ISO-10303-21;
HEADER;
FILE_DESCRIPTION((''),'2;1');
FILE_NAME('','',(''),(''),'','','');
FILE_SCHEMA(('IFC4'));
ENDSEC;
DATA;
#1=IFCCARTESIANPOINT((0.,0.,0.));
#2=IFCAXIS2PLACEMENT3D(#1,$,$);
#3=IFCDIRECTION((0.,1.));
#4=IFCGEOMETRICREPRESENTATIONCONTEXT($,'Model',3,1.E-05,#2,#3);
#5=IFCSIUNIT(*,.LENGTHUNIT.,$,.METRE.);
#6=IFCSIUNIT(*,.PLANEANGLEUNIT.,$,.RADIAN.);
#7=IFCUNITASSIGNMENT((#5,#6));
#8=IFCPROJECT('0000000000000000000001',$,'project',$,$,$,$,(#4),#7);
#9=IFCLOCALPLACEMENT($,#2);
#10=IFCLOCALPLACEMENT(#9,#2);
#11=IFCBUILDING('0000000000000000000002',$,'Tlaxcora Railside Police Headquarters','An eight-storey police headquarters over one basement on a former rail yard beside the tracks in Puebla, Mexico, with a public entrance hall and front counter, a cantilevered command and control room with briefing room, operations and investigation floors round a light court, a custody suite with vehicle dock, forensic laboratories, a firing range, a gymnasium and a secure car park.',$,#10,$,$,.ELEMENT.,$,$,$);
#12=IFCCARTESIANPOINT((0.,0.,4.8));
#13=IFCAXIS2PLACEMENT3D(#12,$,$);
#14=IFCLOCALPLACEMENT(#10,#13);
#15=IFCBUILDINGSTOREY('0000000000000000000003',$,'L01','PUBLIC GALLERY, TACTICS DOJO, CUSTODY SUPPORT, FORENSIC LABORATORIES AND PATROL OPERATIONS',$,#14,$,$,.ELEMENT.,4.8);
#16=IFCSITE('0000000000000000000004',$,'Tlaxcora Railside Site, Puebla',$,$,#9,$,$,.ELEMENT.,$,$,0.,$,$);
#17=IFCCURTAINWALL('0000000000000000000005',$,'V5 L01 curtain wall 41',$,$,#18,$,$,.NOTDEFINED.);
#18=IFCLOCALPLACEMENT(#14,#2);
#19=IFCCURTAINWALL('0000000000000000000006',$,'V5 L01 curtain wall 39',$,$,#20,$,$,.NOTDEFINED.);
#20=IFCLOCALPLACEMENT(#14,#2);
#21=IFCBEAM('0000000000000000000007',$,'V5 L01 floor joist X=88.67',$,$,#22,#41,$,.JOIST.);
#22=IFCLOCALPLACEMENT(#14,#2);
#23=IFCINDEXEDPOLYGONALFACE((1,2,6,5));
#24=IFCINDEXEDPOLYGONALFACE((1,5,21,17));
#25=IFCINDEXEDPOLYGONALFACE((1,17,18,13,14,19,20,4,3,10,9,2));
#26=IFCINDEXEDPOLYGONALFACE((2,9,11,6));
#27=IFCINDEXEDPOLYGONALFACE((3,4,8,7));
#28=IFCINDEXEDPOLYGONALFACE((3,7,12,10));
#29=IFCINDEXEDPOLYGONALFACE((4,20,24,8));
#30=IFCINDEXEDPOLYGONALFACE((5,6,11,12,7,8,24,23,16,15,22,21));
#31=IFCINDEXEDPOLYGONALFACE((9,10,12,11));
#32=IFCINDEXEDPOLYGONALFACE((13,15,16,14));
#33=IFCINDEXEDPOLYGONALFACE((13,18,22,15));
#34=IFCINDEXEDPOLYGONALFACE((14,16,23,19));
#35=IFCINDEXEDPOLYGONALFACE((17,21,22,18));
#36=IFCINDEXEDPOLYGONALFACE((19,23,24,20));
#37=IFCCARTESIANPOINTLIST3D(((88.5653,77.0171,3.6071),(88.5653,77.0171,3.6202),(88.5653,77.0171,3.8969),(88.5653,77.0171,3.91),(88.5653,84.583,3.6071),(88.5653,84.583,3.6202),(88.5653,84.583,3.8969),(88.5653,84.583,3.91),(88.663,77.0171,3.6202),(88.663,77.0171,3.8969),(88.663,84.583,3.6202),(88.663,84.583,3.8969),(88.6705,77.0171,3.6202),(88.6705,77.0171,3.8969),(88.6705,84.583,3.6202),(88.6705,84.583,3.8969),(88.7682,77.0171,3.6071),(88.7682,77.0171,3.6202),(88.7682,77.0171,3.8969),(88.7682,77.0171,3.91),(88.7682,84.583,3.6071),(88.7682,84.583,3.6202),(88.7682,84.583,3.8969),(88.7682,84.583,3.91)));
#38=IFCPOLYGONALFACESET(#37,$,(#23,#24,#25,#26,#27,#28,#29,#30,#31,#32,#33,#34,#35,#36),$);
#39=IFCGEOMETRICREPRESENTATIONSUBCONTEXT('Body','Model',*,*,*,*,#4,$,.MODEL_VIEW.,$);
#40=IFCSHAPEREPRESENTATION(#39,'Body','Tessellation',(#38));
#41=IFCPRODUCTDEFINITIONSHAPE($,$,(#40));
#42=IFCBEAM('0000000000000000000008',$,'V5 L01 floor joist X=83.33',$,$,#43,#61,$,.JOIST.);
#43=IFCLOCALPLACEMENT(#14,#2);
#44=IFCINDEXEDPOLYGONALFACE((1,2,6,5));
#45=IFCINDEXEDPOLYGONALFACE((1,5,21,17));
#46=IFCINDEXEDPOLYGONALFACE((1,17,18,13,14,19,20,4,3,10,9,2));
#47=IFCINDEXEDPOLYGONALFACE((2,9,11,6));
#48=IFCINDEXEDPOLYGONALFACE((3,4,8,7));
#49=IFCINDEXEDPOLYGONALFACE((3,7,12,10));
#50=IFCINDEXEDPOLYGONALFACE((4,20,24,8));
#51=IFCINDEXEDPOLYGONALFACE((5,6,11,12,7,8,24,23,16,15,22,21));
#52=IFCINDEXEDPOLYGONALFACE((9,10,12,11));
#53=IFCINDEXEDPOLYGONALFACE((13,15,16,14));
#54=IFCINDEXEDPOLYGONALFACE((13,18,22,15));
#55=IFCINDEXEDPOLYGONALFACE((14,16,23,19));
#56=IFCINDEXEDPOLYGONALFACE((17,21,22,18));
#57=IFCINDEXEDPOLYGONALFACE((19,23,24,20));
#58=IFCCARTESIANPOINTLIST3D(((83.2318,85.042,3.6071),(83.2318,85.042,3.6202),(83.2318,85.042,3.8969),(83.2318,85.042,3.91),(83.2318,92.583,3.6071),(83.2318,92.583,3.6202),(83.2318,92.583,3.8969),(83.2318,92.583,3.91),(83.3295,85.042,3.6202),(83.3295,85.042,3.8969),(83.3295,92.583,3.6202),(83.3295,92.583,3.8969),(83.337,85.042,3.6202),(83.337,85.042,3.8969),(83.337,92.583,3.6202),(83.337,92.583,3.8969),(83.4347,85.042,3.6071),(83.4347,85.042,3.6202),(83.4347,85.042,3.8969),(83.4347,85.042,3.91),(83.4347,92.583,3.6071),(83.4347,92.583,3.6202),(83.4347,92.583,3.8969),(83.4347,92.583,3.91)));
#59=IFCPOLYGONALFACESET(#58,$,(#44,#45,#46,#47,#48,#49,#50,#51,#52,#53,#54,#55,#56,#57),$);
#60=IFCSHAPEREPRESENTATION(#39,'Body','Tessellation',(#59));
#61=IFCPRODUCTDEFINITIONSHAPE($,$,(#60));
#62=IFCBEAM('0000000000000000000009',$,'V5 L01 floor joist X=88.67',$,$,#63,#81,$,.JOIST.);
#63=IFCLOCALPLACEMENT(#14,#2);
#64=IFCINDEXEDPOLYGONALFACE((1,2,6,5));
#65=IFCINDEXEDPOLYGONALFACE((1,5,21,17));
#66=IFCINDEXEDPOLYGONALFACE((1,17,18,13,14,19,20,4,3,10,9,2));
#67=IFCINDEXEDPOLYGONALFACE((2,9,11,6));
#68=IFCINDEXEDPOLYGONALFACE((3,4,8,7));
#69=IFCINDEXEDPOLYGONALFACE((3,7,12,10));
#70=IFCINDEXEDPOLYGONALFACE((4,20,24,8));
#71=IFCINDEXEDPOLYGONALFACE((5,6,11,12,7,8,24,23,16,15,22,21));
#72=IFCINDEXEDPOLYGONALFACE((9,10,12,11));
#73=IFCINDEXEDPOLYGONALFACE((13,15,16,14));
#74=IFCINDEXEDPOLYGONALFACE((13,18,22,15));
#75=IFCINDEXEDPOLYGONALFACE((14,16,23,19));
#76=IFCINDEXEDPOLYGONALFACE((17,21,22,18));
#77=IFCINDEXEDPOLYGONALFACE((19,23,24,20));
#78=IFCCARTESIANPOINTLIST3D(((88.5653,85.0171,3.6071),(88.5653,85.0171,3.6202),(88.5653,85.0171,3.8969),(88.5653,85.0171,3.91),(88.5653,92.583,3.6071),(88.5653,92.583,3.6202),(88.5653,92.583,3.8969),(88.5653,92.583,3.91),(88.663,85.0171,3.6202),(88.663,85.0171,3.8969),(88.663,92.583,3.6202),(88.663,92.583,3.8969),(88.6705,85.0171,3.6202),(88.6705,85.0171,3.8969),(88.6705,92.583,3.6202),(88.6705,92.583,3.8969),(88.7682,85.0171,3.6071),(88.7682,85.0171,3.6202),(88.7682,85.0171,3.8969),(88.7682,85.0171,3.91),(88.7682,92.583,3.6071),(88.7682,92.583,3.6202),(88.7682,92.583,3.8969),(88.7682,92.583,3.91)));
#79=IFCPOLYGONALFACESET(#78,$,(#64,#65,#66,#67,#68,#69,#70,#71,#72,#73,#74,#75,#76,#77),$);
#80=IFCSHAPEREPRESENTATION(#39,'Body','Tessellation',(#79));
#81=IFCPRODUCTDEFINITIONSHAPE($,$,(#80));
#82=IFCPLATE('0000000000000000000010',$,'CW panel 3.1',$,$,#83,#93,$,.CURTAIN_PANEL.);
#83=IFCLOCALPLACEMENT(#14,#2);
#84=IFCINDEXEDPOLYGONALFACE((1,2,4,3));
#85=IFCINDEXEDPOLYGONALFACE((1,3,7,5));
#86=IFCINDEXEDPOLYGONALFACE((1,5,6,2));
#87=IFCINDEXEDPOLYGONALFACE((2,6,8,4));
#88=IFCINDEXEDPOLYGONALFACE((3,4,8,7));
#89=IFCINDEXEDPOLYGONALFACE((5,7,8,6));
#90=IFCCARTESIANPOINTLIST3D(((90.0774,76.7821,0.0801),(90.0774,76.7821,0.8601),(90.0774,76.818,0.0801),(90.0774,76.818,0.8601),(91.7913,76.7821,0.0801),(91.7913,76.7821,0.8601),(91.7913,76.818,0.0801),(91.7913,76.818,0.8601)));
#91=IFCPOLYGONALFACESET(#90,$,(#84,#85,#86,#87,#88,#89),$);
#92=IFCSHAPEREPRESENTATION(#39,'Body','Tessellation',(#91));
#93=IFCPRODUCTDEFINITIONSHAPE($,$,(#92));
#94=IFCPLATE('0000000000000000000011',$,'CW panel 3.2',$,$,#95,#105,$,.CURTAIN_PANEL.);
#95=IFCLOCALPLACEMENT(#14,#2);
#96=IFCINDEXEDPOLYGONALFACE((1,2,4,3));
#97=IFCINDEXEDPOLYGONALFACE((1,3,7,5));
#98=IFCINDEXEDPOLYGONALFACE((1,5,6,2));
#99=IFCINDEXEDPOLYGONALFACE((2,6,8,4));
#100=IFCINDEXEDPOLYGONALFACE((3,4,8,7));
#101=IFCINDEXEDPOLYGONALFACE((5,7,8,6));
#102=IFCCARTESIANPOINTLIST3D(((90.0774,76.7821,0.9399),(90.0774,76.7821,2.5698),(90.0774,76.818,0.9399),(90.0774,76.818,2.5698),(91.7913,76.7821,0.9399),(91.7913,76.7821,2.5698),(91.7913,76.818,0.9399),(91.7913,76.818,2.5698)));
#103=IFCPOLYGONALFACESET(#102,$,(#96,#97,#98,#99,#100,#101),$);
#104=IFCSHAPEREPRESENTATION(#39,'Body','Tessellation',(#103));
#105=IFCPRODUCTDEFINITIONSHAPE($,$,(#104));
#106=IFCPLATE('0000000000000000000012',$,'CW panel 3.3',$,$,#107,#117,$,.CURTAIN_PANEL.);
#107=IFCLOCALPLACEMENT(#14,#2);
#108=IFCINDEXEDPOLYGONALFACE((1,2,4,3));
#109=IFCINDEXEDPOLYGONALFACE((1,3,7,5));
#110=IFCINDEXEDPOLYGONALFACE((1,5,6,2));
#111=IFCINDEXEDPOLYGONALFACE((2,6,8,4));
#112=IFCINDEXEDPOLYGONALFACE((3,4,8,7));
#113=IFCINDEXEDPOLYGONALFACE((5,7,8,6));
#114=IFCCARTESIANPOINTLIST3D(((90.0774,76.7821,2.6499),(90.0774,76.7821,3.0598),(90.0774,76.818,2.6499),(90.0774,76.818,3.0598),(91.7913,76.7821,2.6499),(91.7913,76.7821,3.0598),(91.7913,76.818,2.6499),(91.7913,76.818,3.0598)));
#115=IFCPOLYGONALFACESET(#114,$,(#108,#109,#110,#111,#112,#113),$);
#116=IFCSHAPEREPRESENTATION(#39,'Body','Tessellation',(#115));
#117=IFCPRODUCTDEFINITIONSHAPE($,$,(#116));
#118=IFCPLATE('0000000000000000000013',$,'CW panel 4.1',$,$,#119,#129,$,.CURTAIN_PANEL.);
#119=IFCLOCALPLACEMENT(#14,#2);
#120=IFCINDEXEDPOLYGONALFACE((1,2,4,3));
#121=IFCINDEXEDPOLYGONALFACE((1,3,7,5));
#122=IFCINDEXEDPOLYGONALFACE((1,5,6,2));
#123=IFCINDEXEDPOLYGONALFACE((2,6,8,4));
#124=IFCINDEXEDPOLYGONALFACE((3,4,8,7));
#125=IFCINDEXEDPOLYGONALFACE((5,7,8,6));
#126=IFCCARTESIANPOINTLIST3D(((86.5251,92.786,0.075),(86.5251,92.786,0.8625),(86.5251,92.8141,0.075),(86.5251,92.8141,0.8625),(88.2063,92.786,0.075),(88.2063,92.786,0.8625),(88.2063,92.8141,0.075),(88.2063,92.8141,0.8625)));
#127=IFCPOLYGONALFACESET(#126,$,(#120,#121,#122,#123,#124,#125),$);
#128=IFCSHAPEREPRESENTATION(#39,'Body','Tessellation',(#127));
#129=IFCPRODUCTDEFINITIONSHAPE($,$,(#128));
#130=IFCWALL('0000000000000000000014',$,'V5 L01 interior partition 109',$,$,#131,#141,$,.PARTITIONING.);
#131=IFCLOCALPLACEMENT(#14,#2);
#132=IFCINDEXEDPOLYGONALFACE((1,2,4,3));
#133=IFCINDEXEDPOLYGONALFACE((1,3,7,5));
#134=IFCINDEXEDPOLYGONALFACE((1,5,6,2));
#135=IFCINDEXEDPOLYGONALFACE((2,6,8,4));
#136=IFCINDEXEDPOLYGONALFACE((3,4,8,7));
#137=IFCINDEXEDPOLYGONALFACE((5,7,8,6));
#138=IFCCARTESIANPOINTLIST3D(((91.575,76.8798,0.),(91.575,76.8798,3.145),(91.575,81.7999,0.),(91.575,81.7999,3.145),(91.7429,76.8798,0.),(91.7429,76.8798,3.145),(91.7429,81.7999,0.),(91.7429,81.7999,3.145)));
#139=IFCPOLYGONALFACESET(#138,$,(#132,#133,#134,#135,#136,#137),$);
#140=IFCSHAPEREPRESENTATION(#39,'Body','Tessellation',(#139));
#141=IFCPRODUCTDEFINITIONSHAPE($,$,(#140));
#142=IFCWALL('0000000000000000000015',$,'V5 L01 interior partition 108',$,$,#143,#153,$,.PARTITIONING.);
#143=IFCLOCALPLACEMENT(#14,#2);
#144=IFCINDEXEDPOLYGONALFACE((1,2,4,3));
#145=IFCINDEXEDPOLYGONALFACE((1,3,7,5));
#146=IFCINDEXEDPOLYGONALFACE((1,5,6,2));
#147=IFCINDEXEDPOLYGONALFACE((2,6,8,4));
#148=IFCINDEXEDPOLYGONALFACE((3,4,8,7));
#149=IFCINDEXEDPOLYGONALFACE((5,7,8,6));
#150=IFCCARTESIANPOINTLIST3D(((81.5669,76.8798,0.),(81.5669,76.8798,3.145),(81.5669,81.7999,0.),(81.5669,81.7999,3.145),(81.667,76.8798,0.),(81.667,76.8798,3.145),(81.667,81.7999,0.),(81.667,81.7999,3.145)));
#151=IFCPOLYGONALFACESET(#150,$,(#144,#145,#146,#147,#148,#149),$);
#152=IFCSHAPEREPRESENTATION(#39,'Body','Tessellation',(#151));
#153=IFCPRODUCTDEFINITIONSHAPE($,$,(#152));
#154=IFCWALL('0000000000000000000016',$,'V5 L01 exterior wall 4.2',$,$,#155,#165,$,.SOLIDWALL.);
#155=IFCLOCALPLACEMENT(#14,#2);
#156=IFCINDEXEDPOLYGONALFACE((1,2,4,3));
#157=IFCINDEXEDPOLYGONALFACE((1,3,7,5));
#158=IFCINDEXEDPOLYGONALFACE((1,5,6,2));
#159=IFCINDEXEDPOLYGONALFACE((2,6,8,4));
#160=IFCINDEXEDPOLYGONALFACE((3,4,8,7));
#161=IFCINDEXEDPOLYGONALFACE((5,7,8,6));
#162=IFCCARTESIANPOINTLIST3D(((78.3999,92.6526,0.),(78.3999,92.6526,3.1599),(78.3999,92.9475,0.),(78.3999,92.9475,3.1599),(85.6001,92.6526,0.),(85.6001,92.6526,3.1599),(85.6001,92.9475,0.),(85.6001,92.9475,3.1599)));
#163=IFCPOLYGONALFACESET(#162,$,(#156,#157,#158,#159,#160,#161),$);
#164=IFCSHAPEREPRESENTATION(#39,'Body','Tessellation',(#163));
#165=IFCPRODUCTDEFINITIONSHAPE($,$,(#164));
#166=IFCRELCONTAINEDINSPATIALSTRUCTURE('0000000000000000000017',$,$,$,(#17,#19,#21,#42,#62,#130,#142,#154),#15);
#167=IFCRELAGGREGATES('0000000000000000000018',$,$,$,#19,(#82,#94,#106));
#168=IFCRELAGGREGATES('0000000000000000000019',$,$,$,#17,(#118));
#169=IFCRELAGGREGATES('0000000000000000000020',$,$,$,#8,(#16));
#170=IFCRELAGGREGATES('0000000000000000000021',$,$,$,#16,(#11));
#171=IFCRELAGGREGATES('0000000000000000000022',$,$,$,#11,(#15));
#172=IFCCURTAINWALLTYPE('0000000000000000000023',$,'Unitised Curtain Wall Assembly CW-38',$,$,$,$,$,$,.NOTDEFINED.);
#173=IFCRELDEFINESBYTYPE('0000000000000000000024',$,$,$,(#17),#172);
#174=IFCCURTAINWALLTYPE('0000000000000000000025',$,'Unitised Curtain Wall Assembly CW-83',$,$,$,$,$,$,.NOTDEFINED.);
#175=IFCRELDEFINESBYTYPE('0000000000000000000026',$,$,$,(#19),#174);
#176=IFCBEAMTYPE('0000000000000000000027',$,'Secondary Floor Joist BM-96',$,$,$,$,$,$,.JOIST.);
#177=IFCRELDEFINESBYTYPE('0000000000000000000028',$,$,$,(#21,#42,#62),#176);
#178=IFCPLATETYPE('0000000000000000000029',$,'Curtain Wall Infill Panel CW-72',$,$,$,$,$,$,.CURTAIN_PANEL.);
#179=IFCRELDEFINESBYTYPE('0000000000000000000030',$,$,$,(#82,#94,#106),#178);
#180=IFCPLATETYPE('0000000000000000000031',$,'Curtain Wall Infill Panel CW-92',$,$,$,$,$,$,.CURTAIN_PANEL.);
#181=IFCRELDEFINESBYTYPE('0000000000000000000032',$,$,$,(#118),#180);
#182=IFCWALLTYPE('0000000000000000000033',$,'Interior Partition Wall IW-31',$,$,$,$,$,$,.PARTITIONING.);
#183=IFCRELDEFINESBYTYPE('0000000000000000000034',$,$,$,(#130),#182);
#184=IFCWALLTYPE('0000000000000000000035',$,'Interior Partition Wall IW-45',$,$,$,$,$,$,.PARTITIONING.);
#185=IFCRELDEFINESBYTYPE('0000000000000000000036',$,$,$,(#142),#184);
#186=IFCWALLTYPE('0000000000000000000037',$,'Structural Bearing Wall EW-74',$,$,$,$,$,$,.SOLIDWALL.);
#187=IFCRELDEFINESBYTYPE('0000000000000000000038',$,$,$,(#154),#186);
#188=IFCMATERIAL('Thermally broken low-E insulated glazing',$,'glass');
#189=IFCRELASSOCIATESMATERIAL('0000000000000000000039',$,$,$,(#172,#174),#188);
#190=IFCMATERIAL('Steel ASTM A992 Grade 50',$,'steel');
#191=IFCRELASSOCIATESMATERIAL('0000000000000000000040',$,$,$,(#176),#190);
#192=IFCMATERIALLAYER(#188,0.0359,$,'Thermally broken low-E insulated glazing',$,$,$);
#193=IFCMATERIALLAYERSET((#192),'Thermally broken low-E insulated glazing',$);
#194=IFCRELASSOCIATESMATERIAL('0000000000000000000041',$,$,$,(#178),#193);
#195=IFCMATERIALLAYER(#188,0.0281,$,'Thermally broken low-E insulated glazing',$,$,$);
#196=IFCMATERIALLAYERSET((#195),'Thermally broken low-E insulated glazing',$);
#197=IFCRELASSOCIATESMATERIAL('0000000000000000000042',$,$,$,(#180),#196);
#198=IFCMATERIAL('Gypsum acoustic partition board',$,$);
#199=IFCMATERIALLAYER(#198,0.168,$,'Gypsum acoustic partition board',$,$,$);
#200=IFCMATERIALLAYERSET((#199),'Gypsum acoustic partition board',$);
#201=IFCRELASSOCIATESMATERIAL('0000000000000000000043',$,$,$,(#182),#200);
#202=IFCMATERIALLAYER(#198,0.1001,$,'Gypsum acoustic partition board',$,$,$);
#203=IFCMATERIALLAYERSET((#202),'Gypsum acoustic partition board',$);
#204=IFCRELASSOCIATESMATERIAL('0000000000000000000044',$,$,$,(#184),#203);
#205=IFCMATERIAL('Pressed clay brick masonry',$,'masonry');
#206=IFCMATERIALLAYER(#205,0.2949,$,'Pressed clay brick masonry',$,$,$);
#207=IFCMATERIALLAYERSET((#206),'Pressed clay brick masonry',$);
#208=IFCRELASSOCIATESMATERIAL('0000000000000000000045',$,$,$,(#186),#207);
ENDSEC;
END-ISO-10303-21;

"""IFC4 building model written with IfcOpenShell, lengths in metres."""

from ifc_helpers import new_model, si_unit, direction, frame, frame_2d, origin, origin_2d, place, context, subcontext, project, spatial, rectangle, i_section, extrude, material, layer, layer_set, material_profile, profile_set, type_object, element, aggregate, save


model = new_model("IFC4")

# Units and contexts
model_context = context("Model", 3, precision=1e-05, world=origin(), true_north=direction((0.0, 1.0)))
body_context = subcontext(model_context, "Body", "Model", "MODEL_VIEW")
ifc_project = project(units=[si_unit("LENGTHUNIT", "METRE"), si_unit("PLANEANGLEUNIT", "RADIAN")], contexts=[model_context])

# Site, building, storey
site_placement = place(None, origin())
site = spatial("IfcSite", under=ifc_project, at=site_placement, Name="Tlaxcora Railside Site, Puebla", CompositionType="ELEMENT", RefElevation=0.0)
building_placement = place(site_placement, origin())
building = spatial("IfcBuilding", under=site, at=building_placement, Name="Tlaxcora Railside Police Headquarters", Description="An eight-storey police headquarters over one basement on a former rail yard beside the tracks in Puebla, Mexico, with a public entrance hall and front counter, a cantilevered command and control room with briefing room, operations and investigation floors round a light court, a custody suite with vehicle dock, forensic laboratories, a firing range, a gymnasium and a secure car park.", CompositionType="ELEMENT")
storey_placement = place(building_placement, frame((0.0, 0.0, 4.8)))
storey = spatial("IfcBuildingStorey", under=building, at=storey_placement, Name="L01", Description="PUBLIC GALLERY, TACTICS DOJO, CUSTODY SUPPORT, FORENSIC LABORATORIES AND PATROL OPERATIONS", CompositionType="ELEMENT", Elevation=4.8)

# Curtain wall
ifc_material_1 = material(Name="Thermally broken low-E insulated glazing", Category="glass")
curtain_wall_type_1 = type_object("IfcCurtainWallType", Name="Unitised Curtain Wall Assembly CW-38", PredefinedType="NOTDEFINED", material=ifc_material_1)
curtain_wall_1_placement = place(storey_placement, origin())
curtain_wall_1 = element("IfcCurtainWall", 1, at=curtain_wall_1_placement, inside=storey, type_object=curtain_wall_type_1, Name="V5 L01 curtain wall 41", PredefinedType="NOTDEFINED")

# Curtain wall
curtain_wall_type_2 = type_object("IfcCurtainWallType", Name="Unitised Curtain Wall Assembly CW-83", PredefinedType="NOTDEFINED", material=ifc_material_1)
curtain_wall_2_placement = place(storey_placement, origin())
curtain_wall_2 = element("IfcCurtainWall", 2, at=curtain_wall_2_placement, inside=storey, type_object=curtain_wall_type_2, Name="V5 L01 curtain wall 39", PredefinedType="NOTDEFINED")

# Beams
ifc_material_2 = material(Name="Steel ASTM A992 Grade 50", Category="steel")
ifc_material_profile_1 = material_profile(ifc_material_2, i_section(OverallWidth=0.2029, OverallDepth=0.303, WebThickness=0.0076, FlangeThickness=0.0132, at=origin_2d()), Name="W12X40")
ifc_profile_set_1 = profile_set([ifc_material_profile_1], Name="Steel ASTM A992 Grade 50")
beam_type_1 = type_object("IfcBeamType", Name="Secondary Floor Joist BM-96", PredefinedType="JOIST", material=ifc_profile_set_1)
beam_1_placement = place(storey_placement, frame((88.6667, 77.0171, 3.7585), z_axis=(0.0, 1.0, 0.0), x_axis=(-1.0, 0.0, 0.0)))
element("IfcBeam", 3, at=beam_1_placement, inside=storey, type_object=beam_type_1, Name="V5 L01 floor joist X=88.67", PredefinedType="JOIST", context=body_context, shape_type="SweptSolid", body=[
    extrude(i_section(OverallWidth=0.2029, OverallDepth=0.303, WebThickness=0.0076, FlangeThickness=0.0132, at=origin_2d()), origin(), (0.0, 0.0, 1.0), 7.5659),
])
beam_2_placement = place(storey_placement, frame((83.3333, 85.042, 3.7585), z_axis=(0.0, 1.0, 0.0), x_axis=(-1.0, 0.0, 0.0)))
element("IfcBeam", 4, at=beam_2_placement, inside=storey, type_object=beam_type_1, Name="V5 L01 floor joist X=83.33", PredefinedType="JOIST", context=body_context, shape_type="SweptSolid", body=[
    extrude(i_section(OverallWidth=0.2029, OverallDepth=0.303, WebThickness=0.0076, FlangeThickness=0.0132, at=origin_2d()), origin(), (0.0, 0.0, 1.0), 7.541),
])
beam_3_placement = place(storey_placement, frame((88.6667, 85.0171, 3.7585), z_axis=(0.0, 1.0, 0.0), x_axis=(-1.0, 0.0, 0.0)))
element("IfcBeam", 5, at=beam_3_placement, inside=storey, type_object=beam_type_1, Name="V5 L01 floor joist X=88.67", PredefinedType="JOIST", context=body_context, shape_type="SweptSolid", body=[
    extrude(i_section(OverallWidth=0.2029, OverallDepth=0.303, WebThickness=0.0076, FlangeThickness=0.0132, at=origin_2d()), origin(), (0.0, 0.0, 1.0), 7.5659),
])

# Plates
ifc_layer_1 = layer(ifc_material_1, 0.0359, Name="Thermally broken low-E insulated glazing")
ifc_layer_set_1 = layer_set([ifc_layer_1], Name="Thermally broken low-E insulated glazing")
plate_type_1 = type_object("IfcPlateType", Name="Curtain Wall Infill Panel CW-72", PredefinedType="CURTAIN_PANEL", material=ifc_layer_set_1)
plate_1_placement = place(storey_placement, frame((90.9343, 76.8, 0.0801), z_axis=(0.0, 0.0, 1.0), x_axis=(1.0, 0.0, 0.0)))
plate_1 = element("IfcPlate", 6, at=plate_1_placement, type_object=plate_type_1, Name="CW panel 3.1", PredefinedType="CURTAIN_PANEL", context=body_context, shape_type="SweptSolid", body=[
    extrude(rectangle(XDim=1.7139, YDim=0.0359, at=origin_2d()), origin(), (0.0, 0.0, 1.0), 0.78),
])
plate_2_placement = place(storey_placement, frame((90.9343, 76.8, 0.9399), z_axis=(0.0, 0.0, 1.0), x_axis=(1.0, 0.0, 0.0)))
plate_2 = element("IfcPlate", 7, at=plate_2_placement, type_object=plate_type_1, Name="CW panel 3.2", PredefinedType="CURTAIN_PANEL", context=body_context, shape_type="SweptSolid", body=[
    extrude(rectangle(XDim=1.7139, YDim=0.0359, at=origin_2d()), origin(), (0.0, 0.0, 1.0), 1.6299),
])
plate_3_placement = place(storey_placement, frame((90.9343, 76.8, 2.6499), z_axis=(0.0, 0.0, 1.0), x_axis=(1.0, 0.0, 0.0)))
plate_3 = element("IfcPlate", 8, at=plate_3_placement, type_object=plate_type_1, Name="CW panel 3.3", PredefinedType="CURTAIN_PANEL", context=body_context, shape_type="SweptSolid", body=[
    extrude(rectangle(XDim=1.7139, YDim=0.0359, at=origin_2d()), origin(), (0.0, 0.0, 1.0), 0.4099),
])
aggregate(curtain_wall_2, [plate_1, plate_2, plate_3])
ifc_layer_2 = layer(ifc_material_1, 0.0281, Name="Thermally broken low-E insulated glazing")
ifc_layer_set_2 = layer_set([ifc_layer_2], Name="Thermally broken low-E insulated glazing")
plate_type_2 = type_object("IfcPlateType", Name="Curtain Wall Infill Panel CW-92", PredefinedType="CURTAIN_PANEL", material=ifc_layer_set_2)
plate_4_placement = place(storey_placement, frame((87.3657, 92.8, 0.075), z_axis=(0.0, 0.0, 1.0), x_axis=(-1.0, 0.0, 0.0)))
plate_4 = element("IfcPlate", 9, at=plate_4_placement, type_object=plate_type_2, Name="CW panel 4.1", PredefinedType="CURTAIN_PANEL", context=body_context, shape_type="SweptSolid", body=[
    extrude(rectangle(XDim=1.6812, YDim=0.0281, at=origin_2d()), origin(), (0.0, 0.0, 1.0), 0.7876),
])
aggregate(curtain_wall_1, [plate_4])

# Walls
ifc_material_3 = material(Name="Gypsum acoustic partition board")
ifc_layer_3 = layer(ifc_material_3, 0.168, Name="Gypsum acoustic partition board")
ifc_layer_set_3 = layer_set([ifc_layer_3], Name="Gypsum acoustic partition board")
wall_type_1 = type_object("IfcWallType", Name="Interior Partition Wall IW-31", PredefinedType="PARTITIONING", material=ifc_layer_set_3)
wall_1_placement = place(storey_placement, frame((91.6589, 76.8799, 0.0), z_axis=(0.0, 0.0, 1.0), x_axis=(0.0, 1.0, 0.0)))
element("IfcWall", 10, at=wall_1_placement, inside=storey, type_object=wall_type_1, Name="V5 L01 interior partition 109", PredefinedType="PARTITIONING", context=body_context, shape_type="SweptSolid", body=[
    extrude(rectangle(XDim=4.9202, YDim=0.168, at=frame_2d((2.46, 0.0))), origin(), (0.0, 0.0, 1.0), 3.145),
])
ifc_layer_4 = layer(ifc_material_3, 0.1001, Name="Gypsum acoustic partition board")
ifc_layer_set_4 = layer_set([ifc_layer_4], Name="Gypsum acoustic partition board")
wall_type_2 = type_object("IfcWallType", Name="Interior Partition Wall IW-45", PredefinedType="PARTITIONING", material=ifc_layer_set_4)
wall_2_placement = place(storey_placement, frame((81.6169, 76.8799, 0.0), z_axis=(0.0, 0.0, 1.0), x_axis=(0.0, 1.0, 0.0)))
element("IfcWall", 11, at=wall_2_placement, inside=storey, type_object=wall_type_2, Name="V5 L01 interior partition 108", PredefinedType="PARTITIONING", context=body_context, shape_type="SweptSolid", body=[
    extrude(rectangle(XDim=4.9202, YDim=0.1001, at=frame_2d((2.46, 0.0))), origin(), (0.0, 0.0, 1.0), 3.145),
])
ifc_material_4 = material(Name="Pressed clay brick masonry", Category="masonry")
ifc_layer_5 = layer(ifc_material_4, 0.2949, Name="Pressed clay brick masonry")
ifc_layer_set_5 = layer_set([ifc_layer_5], Name="Pressed clay brick masonry")
wall_type_3 = type_object("IfcWallType", Name="Structural Bearing Wall EW-74", PredefinedType="SOLIDWALL", material=ifc_layer_set_5)
wall_3_placement = place(storey_placement, frame((85.6001, 92.8, 0.0), z_axis=(0.0, 0.0, 1.0), x_axis=(-1.0, 0.0, 0.0)))
element("IfcWall", 12, at=wall_3_placement, inside=storey, type_object=wall_type_3, Name="V5 L01 exterior wall 4.2", PredefinedType="SOLIDWALL", context=body_context, shape_type="SweptSolid", body=[
    extrude(rectangle(XDim=7.2002, YDim=0.2949, at=frame_2d((3.6001, 0.0))), origin(), (0.0, 0.0, 1.0), 3.1599),
])

save(model, "model.ifc")
